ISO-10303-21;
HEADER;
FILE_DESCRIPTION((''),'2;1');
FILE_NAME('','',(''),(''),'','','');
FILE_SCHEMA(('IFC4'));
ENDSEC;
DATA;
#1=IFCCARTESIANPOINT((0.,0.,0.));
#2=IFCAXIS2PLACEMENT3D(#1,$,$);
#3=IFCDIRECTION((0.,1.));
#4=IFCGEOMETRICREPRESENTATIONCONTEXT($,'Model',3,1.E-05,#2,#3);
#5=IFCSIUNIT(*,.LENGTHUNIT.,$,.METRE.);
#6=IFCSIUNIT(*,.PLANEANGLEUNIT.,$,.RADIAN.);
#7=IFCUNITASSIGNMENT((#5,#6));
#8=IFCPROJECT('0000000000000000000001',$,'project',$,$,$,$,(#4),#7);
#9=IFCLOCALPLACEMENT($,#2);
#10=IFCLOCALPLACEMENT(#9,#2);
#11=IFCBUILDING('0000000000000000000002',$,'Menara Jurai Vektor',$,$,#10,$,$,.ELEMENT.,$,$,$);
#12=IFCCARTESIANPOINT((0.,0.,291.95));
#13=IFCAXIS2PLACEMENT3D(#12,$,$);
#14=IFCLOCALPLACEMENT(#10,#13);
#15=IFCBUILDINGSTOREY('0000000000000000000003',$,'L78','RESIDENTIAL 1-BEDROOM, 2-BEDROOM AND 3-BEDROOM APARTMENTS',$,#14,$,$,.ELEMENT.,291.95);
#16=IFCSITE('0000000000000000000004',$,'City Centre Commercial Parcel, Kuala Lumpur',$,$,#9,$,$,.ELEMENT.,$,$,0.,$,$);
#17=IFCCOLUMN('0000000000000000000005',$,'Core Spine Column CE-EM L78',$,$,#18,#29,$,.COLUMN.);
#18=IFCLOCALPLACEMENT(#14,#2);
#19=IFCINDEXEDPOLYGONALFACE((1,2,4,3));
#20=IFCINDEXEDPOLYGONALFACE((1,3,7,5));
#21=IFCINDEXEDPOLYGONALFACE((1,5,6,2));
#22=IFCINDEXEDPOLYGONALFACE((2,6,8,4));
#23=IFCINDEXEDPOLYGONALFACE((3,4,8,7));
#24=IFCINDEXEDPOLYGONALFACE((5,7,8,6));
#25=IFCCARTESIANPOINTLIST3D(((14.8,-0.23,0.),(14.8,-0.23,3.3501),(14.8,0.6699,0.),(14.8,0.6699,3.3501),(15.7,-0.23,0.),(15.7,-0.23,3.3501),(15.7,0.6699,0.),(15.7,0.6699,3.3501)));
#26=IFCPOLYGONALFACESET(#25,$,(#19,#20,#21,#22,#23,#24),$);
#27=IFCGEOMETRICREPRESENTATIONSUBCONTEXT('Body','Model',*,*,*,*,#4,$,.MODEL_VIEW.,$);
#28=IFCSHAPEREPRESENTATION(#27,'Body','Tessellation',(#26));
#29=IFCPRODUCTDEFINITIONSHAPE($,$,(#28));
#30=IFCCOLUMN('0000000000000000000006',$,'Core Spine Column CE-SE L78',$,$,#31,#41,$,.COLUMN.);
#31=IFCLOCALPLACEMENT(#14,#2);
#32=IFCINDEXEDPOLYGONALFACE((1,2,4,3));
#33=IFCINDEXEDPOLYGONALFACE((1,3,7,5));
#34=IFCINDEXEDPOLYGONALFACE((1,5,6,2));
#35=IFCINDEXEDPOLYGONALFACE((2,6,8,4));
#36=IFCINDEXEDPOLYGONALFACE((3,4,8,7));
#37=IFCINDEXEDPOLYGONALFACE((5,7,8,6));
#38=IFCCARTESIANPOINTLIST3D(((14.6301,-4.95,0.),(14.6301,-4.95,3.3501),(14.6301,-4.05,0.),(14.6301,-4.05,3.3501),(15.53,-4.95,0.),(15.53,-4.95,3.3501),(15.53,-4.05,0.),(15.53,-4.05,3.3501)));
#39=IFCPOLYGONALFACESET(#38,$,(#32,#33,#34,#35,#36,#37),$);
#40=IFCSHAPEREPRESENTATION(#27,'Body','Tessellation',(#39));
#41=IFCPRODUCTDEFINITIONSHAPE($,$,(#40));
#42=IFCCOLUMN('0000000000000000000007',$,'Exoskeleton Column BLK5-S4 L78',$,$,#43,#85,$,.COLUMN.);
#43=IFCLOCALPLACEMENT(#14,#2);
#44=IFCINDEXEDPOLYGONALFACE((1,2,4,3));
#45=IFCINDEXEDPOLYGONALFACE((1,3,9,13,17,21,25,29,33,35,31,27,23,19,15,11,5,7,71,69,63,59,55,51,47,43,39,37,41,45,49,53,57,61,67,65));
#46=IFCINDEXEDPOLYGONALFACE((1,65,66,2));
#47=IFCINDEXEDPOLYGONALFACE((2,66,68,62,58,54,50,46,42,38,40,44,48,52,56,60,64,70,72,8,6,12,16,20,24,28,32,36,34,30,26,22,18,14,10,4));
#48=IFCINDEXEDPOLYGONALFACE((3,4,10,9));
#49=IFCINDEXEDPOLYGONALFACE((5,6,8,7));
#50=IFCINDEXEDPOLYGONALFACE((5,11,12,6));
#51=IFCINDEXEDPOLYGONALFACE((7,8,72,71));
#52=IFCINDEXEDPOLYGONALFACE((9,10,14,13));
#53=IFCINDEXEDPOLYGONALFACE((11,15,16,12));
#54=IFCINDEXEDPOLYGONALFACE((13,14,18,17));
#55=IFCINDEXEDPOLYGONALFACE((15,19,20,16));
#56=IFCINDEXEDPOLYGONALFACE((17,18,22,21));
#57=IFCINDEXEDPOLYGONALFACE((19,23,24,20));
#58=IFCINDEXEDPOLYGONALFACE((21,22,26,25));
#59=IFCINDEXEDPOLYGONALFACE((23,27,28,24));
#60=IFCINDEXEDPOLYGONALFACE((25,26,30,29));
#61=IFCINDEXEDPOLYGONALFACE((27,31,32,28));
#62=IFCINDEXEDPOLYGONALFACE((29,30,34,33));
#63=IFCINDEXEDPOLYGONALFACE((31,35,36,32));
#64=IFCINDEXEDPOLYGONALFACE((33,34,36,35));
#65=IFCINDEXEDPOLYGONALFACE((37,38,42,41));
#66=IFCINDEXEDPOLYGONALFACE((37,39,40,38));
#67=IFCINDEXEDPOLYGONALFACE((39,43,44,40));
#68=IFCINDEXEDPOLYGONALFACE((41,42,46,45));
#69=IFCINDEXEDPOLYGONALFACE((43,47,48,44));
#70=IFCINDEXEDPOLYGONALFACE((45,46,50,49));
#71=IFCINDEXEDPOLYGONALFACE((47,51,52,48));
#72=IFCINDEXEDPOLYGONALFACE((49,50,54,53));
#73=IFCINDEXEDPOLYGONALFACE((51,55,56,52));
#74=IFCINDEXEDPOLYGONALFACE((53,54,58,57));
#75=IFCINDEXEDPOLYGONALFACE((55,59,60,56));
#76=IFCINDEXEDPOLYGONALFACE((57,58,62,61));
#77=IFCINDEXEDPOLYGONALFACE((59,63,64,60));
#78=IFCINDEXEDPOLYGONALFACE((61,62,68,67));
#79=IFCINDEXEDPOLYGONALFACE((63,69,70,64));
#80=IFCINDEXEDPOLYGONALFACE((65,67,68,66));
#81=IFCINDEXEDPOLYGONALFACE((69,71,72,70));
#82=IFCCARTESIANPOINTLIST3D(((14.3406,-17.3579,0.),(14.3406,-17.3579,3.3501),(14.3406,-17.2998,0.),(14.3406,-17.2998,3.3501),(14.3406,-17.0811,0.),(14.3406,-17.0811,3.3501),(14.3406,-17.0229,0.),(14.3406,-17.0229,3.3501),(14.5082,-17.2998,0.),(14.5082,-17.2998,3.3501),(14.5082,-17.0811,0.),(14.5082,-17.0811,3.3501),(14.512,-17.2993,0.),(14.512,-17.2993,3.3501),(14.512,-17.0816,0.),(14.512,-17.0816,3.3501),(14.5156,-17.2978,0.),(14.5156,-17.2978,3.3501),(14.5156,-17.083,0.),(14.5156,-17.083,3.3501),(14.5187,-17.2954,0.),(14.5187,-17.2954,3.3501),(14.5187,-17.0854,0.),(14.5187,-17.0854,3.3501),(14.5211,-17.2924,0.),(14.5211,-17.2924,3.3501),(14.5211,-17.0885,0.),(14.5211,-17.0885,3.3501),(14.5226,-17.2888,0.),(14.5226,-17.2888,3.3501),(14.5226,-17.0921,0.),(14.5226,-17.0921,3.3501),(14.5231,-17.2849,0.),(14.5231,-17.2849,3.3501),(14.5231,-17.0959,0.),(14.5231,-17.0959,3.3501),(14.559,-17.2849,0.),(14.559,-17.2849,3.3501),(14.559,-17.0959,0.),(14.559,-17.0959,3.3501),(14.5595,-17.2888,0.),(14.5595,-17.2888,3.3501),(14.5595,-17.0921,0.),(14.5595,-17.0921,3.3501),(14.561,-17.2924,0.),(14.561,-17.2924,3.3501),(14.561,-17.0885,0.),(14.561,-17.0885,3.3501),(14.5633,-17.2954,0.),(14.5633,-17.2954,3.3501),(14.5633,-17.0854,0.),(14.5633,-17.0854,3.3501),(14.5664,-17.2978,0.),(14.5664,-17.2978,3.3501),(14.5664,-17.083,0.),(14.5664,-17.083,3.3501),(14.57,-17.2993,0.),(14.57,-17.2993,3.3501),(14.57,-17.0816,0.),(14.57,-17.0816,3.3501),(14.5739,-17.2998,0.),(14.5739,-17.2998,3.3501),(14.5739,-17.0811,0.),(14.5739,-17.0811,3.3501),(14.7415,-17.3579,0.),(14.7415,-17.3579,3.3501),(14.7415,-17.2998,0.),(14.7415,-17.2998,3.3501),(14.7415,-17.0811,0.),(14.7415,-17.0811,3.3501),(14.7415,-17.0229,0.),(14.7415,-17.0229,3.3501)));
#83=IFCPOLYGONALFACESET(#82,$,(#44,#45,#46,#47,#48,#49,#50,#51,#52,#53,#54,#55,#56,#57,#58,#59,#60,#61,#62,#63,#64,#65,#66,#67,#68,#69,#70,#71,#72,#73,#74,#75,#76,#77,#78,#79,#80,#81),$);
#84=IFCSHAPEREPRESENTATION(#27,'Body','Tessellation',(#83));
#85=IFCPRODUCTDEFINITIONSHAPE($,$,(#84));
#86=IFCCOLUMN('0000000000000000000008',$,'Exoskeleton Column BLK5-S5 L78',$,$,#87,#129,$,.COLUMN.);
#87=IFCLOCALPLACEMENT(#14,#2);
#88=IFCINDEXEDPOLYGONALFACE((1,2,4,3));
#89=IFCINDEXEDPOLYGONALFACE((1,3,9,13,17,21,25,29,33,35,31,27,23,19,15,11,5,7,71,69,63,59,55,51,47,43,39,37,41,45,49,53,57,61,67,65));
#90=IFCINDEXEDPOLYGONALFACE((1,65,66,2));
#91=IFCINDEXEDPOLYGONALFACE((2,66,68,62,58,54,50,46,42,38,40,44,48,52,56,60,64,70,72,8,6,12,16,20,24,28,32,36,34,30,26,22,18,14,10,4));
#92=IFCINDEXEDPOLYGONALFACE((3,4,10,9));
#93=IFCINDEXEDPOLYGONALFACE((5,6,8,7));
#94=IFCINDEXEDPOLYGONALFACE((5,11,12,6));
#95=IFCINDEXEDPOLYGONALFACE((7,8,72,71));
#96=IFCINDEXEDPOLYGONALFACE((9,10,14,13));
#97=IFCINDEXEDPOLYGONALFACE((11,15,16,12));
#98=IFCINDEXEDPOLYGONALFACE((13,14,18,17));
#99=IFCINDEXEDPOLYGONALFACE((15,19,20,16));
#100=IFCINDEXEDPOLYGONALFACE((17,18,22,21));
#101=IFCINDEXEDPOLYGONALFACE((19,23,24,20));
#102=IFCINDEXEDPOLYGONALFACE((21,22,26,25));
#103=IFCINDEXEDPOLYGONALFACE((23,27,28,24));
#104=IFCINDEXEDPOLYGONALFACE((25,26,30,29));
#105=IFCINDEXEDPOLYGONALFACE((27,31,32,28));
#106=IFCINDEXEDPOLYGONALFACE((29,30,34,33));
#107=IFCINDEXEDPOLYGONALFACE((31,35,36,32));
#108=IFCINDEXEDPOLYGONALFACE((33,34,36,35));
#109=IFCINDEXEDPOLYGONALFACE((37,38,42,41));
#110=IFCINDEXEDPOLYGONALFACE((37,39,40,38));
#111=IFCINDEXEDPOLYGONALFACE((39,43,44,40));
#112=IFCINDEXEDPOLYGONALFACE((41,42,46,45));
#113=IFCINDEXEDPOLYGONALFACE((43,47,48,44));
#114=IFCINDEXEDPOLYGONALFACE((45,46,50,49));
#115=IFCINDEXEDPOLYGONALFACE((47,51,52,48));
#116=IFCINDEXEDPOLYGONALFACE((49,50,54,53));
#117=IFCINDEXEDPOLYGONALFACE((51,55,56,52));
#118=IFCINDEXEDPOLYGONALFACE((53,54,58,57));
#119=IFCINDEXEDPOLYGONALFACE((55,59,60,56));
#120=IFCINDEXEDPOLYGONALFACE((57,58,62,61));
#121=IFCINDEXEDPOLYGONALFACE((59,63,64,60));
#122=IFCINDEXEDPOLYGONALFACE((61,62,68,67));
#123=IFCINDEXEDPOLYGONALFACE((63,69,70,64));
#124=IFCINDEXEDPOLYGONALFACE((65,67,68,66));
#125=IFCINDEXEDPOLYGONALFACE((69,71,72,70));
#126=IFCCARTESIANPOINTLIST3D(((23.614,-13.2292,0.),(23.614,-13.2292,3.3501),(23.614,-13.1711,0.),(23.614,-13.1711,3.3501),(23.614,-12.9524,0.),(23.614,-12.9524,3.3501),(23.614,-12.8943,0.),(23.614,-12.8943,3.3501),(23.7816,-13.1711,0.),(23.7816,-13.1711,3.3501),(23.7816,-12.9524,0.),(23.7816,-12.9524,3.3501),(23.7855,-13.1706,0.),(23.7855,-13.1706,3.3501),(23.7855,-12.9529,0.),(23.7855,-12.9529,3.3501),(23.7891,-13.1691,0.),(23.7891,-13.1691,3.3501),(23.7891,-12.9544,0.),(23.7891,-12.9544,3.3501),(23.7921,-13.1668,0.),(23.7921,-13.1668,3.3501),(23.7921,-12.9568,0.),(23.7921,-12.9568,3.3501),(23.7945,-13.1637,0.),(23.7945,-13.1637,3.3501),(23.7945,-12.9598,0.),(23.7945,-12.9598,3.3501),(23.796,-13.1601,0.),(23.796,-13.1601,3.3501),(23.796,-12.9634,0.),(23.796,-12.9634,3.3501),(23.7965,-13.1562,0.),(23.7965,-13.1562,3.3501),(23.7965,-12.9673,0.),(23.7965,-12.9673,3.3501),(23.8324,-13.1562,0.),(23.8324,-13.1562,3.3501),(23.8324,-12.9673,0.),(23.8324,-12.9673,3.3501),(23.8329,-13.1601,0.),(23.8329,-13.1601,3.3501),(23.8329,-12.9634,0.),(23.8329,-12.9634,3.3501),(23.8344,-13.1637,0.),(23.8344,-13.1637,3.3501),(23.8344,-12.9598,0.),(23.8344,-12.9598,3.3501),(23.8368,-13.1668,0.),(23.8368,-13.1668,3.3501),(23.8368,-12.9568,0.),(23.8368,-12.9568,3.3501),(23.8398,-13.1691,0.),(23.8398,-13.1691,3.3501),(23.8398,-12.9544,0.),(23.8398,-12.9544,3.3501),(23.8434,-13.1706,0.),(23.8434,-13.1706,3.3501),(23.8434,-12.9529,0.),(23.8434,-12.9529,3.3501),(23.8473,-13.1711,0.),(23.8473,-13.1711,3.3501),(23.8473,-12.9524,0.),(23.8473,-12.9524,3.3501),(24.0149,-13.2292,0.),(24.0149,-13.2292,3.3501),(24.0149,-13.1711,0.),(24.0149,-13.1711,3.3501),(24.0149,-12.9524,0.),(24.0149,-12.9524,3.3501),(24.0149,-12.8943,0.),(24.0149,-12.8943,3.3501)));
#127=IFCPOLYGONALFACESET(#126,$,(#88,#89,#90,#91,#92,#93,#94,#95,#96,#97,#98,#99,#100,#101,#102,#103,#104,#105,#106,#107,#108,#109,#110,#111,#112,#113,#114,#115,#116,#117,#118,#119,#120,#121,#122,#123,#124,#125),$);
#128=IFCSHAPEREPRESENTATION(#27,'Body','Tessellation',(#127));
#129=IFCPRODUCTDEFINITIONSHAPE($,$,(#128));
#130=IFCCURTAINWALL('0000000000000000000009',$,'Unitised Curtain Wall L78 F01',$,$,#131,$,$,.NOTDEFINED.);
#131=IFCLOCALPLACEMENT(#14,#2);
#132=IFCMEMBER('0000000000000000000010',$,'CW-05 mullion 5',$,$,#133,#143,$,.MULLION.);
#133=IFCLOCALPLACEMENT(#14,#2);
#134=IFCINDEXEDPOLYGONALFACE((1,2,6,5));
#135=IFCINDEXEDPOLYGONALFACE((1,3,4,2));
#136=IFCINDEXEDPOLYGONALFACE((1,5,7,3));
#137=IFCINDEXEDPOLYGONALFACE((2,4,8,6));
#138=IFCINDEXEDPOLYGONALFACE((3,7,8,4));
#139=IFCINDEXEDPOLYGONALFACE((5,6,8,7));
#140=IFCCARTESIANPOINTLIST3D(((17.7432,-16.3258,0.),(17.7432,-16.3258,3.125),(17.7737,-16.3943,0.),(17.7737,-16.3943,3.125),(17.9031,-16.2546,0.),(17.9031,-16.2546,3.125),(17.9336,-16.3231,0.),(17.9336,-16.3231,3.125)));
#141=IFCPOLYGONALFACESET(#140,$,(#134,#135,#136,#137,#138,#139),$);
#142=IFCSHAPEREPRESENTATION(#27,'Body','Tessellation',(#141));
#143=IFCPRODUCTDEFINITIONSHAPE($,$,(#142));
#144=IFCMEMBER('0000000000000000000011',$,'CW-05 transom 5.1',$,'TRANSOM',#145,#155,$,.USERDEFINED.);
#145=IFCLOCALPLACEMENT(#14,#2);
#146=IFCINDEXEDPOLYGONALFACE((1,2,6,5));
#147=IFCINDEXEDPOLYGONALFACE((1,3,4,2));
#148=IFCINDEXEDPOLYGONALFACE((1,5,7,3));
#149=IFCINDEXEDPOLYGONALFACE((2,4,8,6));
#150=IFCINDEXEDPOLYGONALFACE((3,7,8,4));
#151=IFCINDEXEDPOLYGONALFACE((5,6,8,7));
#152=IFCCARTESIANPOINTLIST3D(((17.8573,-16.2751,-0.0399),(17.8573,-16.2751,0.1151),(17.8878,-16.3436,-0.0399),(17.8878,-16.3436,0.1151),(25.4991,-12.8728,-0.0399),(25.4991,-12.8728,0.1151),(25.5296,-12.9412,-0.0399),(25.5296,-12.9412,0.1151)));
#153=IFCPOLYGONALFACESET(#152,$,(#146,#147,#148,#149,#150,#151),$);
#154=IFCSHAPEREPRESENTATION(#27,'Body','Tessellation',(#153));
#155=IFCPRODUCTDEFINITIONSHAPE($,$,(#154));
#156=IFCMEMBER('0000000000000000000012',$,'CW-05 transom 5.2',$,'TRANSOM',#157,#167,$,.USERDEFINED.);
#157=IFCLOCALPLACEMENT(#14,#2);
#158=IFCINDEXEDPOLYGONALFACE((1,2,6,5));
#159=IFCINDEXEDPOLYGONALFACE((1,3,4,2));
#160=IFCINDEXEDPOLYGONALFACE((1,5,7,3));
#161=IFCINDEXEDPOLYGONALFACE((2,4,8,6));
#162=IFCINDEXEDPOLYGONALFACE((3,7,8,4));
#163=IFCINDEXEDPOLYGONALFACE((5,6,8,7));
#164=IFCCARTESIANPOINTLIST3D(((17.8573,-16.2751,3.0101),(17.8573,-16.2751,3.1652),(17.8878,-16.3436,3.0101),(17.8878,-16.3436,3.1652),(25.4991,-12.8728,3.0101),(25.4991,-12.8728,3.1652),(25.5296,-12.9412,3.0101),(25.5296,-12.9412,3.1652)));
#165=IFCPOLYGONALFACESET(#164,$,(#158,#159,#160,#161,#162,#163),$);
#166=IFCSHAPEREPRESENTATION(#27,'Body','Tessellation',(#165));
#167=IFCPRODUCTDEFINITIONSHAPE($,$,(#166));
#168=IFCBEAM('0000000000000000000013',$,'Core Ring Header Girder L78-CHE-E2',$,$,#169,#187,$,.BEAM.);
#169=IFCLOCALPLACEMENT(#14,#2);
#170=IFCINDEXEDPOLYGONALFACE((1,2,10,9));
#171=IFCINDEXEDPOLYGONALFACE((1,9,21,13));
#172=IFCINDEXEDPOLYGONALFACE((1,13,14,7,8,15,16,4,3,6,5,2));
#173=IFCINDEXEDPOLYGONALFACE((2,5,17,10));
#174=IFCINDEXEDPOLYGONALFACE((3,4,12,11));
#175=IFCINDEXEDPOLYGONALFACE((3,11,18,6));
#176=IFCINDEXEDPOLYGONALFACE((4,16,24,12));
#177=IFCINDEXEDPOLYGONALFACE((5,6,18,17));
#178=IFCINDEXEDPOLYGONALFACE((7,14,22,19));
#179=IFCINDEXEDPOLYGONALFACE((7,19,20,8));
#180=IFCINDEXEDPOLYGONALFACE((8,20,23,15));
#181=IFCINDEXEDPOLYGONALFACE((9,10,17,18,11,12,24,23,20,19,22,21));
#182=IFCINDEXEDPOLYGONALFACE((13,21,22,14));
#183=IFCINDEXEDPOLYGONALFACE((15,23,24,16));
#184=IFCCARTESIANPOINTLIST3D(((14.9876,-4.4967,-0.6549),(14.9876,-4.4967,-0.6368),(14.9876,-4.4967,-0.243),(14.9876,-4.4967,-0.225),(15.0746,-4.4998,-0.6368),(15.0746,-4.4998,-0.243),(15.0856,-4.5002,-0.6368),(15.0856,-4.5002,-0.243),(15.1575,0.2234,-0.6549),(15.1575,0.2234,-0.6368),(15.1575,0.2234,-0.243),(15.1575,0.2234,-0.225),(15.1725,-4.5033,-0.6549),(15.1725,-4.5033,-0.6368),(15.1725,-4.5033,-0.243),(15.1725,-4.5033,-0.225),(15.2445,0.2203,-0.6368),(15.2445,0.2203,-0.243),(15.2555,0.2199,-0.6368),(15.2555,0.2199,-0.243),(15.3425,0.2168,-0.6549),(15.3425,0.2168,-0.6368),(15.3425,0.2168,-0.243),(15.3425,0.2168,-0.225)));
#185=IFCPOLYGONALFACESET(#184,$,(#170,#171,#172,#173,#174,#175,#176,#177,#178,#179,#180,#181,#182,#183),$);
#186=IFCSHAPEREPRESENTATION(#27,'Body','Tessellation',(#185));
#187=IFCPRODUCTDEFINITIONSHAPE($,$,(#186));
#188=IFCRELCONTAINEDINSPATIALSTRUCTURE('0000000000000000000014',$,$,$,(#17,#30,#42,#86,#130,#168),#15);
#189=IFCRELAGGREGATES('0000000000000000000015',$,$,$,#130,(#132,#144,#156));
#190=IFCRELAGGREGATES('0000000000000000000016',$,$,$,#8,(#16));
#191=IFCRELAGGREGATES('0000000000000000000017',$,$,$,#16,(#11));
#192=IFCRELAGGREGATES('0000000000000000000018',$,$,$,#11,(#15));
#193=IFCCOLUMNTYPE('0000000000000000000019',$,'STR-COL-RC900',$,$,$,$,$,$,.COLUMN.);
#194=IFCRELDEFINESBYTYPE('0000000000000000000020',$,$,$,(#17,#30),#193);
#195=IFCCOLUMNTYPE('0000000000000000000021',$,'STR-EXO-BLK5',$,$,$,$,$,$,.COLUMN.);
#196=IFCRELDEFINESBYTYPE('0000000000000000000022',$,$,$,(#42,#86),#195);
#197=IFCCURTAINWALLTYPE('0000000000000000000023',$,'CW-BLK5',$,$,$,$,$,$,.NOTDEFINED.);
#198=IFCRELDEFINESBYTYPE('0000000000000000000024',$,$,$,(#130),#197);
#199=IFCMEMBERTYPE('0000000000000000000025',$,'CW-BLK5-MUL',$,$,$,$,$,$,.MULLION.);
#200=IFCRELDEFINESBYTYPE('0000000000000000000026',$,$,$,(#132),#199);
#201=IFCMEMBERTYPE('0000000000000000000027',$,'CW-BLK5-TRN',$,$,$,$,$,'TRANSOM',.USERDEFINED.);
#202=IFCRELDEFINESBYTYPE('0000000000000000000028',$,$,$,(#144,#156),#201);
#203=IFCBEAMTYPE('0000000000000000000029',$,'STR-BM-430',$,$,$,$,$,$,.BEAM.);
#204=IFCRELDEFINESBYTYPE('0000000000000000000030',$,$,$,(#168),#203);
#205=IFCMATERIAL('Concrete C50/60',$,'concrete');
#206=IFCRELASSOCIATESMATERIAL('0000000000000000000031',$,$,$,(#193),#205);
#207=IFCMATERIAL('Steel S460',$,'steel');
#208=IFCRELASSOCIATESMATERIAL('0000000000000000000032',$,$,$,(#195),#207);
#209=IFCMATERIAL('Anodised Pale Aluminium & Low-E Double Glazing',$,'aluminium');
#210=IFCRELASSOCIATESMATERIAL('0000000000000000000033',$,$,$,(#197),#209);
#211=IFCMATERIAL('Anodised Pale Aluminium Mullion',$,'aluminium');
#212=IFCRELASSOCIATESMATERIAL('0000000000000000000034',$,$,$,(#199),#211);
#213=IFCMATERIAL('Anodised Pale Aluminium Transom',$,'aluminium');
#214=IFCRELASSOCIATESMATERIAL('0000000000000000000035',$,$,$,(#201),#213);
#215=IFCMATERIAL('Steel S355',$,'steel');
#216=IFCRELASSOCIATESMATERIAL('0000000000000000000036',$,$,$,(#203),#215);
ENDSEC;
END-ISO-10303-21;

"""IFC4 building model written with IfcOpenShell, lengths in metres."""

from ifc_helpers import new_model, si_unit, direction, frame, origin, origin_2d, place, context, subcontext, project, spatial, rectangle, i_section, extrude, material, material_profile, profile_set, type_object, element, aggregate, save


model = new_model("IFC4")

# Units and contexts
model_context = context("Model", 3, precision=1e-05, world=origin(), true_north=direction((0.0, 1.0)))
body_context = subcontext(model_context, "Body", "Model", "MODEL_VIEW")
ifc_project = project(units=[si_unit("LENGTHUNIT", "METRE"), si_unit("PLANEANGLEUNIT", "RADIAN")], contexts=[model_context])

# Site, building, storey
site_placement = place(None, origin())
site = spatial("IfcSite", under=ifc_project, at=site_placement, Name="City Centre Commercial Parcel, Kuala Lumpur", CompositionType="ELEMENT", RefElevation=0.0)
building_placement = place(site_placement, origin())
building = spatial("IfcBuilding", under=site, at=building_placement, Name="Menara Jurai Vektor", CompositionType="ELEMENT")
storey_placement = place(building_placement, frame((0.0, 0.0, 291.95)))
storey = spatial("IfcBuildingStorey", under=building, at=storey_placement, Name="L78", Description="RESIDENTIAL 1-BEDROOM, 2-BEDROOM AND 3-BEDROOM APARTMENTS", CompositionType="ELEMENT", Elevation=291.95)

# Columns
ifc_material_1 = material(Name="Concrete C50/60", Category="concrete")
ifc_material_profile_1 = material_profile(ifc_material_1, rectangle(XDim=0.8999, YDim=0.8999, at=origin_2d()), Name="RC 900x900")
ifc_profile_set_1 = profile_set([ifc_material_profile_1], Name="Concrete C50/60")
column_type_1 = type_object("IfcColumnType", Name="STR-COL-RC900", PredefinedType="COLUMN", material=ifc_profile_set_1)
for number, where, z_axis, x_axis, name in (
    (1, (15.25, 0.22, 0.0), (0.0, 0.0, 1.0), (1.0, 0.0, 0.0), "Core Spine Column CE-EM L78"),
    (2, (15.0801, -4.5, 0.0), (0.0, 0.0, 1.0), (1.0, 0.0, 0.0), "Core Spine Column CE-SE L78"),
):
    element("IfcColumn", number, at=place(storey_placement, frame(where, z_axis=z_axis, x_axis=x_axis)), inside=storey, type_object=column_type_1, Name=name, PredefinedType="COLUMN", context=body_context, shape_type="SweptSolid", body=[
        extrude(rectangle(XDim=0.8999, YDim=0.8999, at=origin_2d()), origin(), (0.0, 0.0, 1.0), 3.3501),
    ])
ifc_material_2 = material(Name="Steel S460", Category="steel")
ifc_material_profile_2 = material_profile(ifc_material_2, i_section(OverallWidth=0.4009, OverallDepth=0.335, WebThickness=0.0359, FlangeThickness=0.0581, FilletRadius=0.0149, at=origin_2d()), Name="HD 400x463")
ifc_profile_set_2 = profile_set([ifc_material_profile_2], Name="Steel S460")
column_type_2 = type_object("IfcColumnType", Name="STR-EXO-BLK5", PredefinedType="COLUMN", material=ifc_profile_set_2)
for number, where, z_axis, x_axis, name in (
    (3, (14.541, -17.1904, 0.0), (0.0, 0.0, 1.0), (1.0, 0.0, 0.0), "Exoskeleton Column BLK5-S4 L78"),
    (4, (23.8145, -13.0618, 0.0), (0.0, 0.0, 1.0), (1.0, 0.0, 0.0), "Exoskeleton Column BLK5-S5 L78"),
):
    element("IfcColumn", number, at=place(storey_placement, frame(where, z_axis=z_axis, x_axis=x_axis)), inside=storey, type_object=column_type_2, Name=name, PredefinedType="COLUMN", context=body_context, shape_type="SweptSolid", body=[
        extrude(i_section(OverallWidth=0.4009, OverallDepth=0.335, WebThickness=0.0359, FlangeThickness=0.0581, FilletRadius=0.0149, at=origin_2d()), origin(), (0.0, 0.0, 1.0), 3.3501),
    ])

# Curtain wall, members
ifc_material_3 = material(Name="Anodised Pale Aluminium & Low-E Double Glazing", Category="aluminium")
curtain_wall_type = type_object("IfcCurtainWallType", Name="CW-BLK5", PredefinedType="NOTDEFINED", material=ifc_material_3)
curtain_wall_placement = place(storey_placement, origin())
curtain_wall = element("IfcCurtainWall", 5, at=curtain_wall_placement, inside=storey, type_object=curtain_wall_type, Name="Unitised Curtain Wall L78 F01", PredefinedType="NOTDEFINED")
ifc_material_4 = material(Name="Anodised Pale Aluminium Mullion", Category="aluminium")
ifc_material_profile_3 = material_profile(ifc_material_4, rectangle(XDim=0.075, YDim=0.175, at=origin_2d()), Name="ALU MUL 75x175")
ifc_profile_set_3 = profile_set([ifc_material_profile_3], Name="Anodised Pale Aluminium Mullion")
member_type_1 = type_object("IfcMemberType", Name="CW-BLK5-MUL", PredefinedType="MULLION", material=ifc_profile_set_3)
member_1_placement = place(storey_placement, frame((17.8384, -16.3245, 0.0), z_axis=(0.0, 0.0, 1.0), x_axis=(-0.406735, 0.913546, 0.0)))
member_1 = element("IfcMember", 6, at=member_1_placement, type_object=member_type_1, Name="CW-05 mullion 5", PredefinedType="MULLION", context=body_context, shape_type="SweptSolid", body=[
    extrude(rectangle(XDim=0.075, YDim=0.175, at=origin_2d()), origin(), (0.0, 0.0, 1.0), 3.125),
])
ifc_material_5 = material(Name="Anodised Pale Aluminium Transom", Category="aluminium")
ifc_material_profile_4 = material_profile(ifc_material_5, rectangle(XDim=0.075, YDim=0.155, at=origin_2d()), Name="ALU TRN 75x155")
ifc_profile_set_4 = profile_set([ifc_material_profile_4], Name="Anodised Pale Aluminium Transom")
member_type_2 = type_object("IfcMemberType", Name="CW-BLK5-TRN", ElementType="TRANSOM", PredefinedType="USERDEFINED", material=ifc_profile_set_4)
member_2_placement = place(storey_placement, frame((17.8726, -16.3093, 0.0376), z_axis=(0.913547, 0.406734, 0.0), x_axis=(-0.406734, 0.913547, 0.0)))
member_2 = element("IfcMember", 7, at=member_2_placement, type_object=member_type_2, Name="CW-05 transom 5.1", ObjectType="TRANSOM", PredefinedType="USERDEFINED", context=body_context, shape_type="SweptSolid", body=[
    extrude(rectangle(XDim=0.075, YDim=0.155, at=origin_2d()), origin(), (0.0, 0.0, 1.0), 8.365),
])
member_3_placement = place(storey_placement, frame((17.8726, -16.3093, 3.0876), z_axis=(0.913547, 0.406734, 0.0), x_axis=(-0.406734, 0.913547, 0.0)))
member_3 = element("IfcMember", 8, at=member_3_placement, type_object=member_type_2, Name="CW-05 transom 5.2", ObjectType="TRANSOM", PredefinedType="USERDEFINED", context=body_context, shape_type="SweptSolid", body=[
    extrude(rectangle(XDim=0.075, YDim=0.155, at=origin_2d()), origin(), (0.0, 0.0, 1.0), 8.365),
])

# Beam
ifc_material_6 = material(Name="Steel S355", Category="steel")
ifc_material_profile_5 = material_profile(ifc_material_6, i_section(OverallWidth=0.1851, OverallDepth=0.4299, WebThickness=0.011, FlangeThickness=0.0181, at=origin_2d()), Name="PG 430x185x76")
ifc_profile_set_5 = profile_set([ifc_material_profile_5], Name="Steel S355")
beam_type_1 = type_object("IfcBeamType", Name="STR-BM-430", PredefinedType="BEAM", material=ifc_profile_set_5)
beam_1_placement = place(storey_placement, frame((15.0801, -4.5, -0.4399), z_axis=(0.035977, 0.999353, 0.0), x_axis=(-0.999353, 0.035977, 0.0)))
element("IfcBeam", 9, at=beam_1_placement, inside=storey, type_object=beam_type_1, Name="Core Ring Header Girder L78-CHE-E2", PredefinedType="BEAM", context=body_context, shape_type="SweptSolid", body=[
    extrude(i_section(OverallWidth=0.1851, OverallDepth=0.4299, WebThickness=0.011, FlangeThickness=0.0181, at=origin_2d()), origin(), (0.0, 0.0, 1.0), 4.7231),
])

aggregate(curtain_wall, [member_1, member_2, member_3])

save(model, "model.ifc")
